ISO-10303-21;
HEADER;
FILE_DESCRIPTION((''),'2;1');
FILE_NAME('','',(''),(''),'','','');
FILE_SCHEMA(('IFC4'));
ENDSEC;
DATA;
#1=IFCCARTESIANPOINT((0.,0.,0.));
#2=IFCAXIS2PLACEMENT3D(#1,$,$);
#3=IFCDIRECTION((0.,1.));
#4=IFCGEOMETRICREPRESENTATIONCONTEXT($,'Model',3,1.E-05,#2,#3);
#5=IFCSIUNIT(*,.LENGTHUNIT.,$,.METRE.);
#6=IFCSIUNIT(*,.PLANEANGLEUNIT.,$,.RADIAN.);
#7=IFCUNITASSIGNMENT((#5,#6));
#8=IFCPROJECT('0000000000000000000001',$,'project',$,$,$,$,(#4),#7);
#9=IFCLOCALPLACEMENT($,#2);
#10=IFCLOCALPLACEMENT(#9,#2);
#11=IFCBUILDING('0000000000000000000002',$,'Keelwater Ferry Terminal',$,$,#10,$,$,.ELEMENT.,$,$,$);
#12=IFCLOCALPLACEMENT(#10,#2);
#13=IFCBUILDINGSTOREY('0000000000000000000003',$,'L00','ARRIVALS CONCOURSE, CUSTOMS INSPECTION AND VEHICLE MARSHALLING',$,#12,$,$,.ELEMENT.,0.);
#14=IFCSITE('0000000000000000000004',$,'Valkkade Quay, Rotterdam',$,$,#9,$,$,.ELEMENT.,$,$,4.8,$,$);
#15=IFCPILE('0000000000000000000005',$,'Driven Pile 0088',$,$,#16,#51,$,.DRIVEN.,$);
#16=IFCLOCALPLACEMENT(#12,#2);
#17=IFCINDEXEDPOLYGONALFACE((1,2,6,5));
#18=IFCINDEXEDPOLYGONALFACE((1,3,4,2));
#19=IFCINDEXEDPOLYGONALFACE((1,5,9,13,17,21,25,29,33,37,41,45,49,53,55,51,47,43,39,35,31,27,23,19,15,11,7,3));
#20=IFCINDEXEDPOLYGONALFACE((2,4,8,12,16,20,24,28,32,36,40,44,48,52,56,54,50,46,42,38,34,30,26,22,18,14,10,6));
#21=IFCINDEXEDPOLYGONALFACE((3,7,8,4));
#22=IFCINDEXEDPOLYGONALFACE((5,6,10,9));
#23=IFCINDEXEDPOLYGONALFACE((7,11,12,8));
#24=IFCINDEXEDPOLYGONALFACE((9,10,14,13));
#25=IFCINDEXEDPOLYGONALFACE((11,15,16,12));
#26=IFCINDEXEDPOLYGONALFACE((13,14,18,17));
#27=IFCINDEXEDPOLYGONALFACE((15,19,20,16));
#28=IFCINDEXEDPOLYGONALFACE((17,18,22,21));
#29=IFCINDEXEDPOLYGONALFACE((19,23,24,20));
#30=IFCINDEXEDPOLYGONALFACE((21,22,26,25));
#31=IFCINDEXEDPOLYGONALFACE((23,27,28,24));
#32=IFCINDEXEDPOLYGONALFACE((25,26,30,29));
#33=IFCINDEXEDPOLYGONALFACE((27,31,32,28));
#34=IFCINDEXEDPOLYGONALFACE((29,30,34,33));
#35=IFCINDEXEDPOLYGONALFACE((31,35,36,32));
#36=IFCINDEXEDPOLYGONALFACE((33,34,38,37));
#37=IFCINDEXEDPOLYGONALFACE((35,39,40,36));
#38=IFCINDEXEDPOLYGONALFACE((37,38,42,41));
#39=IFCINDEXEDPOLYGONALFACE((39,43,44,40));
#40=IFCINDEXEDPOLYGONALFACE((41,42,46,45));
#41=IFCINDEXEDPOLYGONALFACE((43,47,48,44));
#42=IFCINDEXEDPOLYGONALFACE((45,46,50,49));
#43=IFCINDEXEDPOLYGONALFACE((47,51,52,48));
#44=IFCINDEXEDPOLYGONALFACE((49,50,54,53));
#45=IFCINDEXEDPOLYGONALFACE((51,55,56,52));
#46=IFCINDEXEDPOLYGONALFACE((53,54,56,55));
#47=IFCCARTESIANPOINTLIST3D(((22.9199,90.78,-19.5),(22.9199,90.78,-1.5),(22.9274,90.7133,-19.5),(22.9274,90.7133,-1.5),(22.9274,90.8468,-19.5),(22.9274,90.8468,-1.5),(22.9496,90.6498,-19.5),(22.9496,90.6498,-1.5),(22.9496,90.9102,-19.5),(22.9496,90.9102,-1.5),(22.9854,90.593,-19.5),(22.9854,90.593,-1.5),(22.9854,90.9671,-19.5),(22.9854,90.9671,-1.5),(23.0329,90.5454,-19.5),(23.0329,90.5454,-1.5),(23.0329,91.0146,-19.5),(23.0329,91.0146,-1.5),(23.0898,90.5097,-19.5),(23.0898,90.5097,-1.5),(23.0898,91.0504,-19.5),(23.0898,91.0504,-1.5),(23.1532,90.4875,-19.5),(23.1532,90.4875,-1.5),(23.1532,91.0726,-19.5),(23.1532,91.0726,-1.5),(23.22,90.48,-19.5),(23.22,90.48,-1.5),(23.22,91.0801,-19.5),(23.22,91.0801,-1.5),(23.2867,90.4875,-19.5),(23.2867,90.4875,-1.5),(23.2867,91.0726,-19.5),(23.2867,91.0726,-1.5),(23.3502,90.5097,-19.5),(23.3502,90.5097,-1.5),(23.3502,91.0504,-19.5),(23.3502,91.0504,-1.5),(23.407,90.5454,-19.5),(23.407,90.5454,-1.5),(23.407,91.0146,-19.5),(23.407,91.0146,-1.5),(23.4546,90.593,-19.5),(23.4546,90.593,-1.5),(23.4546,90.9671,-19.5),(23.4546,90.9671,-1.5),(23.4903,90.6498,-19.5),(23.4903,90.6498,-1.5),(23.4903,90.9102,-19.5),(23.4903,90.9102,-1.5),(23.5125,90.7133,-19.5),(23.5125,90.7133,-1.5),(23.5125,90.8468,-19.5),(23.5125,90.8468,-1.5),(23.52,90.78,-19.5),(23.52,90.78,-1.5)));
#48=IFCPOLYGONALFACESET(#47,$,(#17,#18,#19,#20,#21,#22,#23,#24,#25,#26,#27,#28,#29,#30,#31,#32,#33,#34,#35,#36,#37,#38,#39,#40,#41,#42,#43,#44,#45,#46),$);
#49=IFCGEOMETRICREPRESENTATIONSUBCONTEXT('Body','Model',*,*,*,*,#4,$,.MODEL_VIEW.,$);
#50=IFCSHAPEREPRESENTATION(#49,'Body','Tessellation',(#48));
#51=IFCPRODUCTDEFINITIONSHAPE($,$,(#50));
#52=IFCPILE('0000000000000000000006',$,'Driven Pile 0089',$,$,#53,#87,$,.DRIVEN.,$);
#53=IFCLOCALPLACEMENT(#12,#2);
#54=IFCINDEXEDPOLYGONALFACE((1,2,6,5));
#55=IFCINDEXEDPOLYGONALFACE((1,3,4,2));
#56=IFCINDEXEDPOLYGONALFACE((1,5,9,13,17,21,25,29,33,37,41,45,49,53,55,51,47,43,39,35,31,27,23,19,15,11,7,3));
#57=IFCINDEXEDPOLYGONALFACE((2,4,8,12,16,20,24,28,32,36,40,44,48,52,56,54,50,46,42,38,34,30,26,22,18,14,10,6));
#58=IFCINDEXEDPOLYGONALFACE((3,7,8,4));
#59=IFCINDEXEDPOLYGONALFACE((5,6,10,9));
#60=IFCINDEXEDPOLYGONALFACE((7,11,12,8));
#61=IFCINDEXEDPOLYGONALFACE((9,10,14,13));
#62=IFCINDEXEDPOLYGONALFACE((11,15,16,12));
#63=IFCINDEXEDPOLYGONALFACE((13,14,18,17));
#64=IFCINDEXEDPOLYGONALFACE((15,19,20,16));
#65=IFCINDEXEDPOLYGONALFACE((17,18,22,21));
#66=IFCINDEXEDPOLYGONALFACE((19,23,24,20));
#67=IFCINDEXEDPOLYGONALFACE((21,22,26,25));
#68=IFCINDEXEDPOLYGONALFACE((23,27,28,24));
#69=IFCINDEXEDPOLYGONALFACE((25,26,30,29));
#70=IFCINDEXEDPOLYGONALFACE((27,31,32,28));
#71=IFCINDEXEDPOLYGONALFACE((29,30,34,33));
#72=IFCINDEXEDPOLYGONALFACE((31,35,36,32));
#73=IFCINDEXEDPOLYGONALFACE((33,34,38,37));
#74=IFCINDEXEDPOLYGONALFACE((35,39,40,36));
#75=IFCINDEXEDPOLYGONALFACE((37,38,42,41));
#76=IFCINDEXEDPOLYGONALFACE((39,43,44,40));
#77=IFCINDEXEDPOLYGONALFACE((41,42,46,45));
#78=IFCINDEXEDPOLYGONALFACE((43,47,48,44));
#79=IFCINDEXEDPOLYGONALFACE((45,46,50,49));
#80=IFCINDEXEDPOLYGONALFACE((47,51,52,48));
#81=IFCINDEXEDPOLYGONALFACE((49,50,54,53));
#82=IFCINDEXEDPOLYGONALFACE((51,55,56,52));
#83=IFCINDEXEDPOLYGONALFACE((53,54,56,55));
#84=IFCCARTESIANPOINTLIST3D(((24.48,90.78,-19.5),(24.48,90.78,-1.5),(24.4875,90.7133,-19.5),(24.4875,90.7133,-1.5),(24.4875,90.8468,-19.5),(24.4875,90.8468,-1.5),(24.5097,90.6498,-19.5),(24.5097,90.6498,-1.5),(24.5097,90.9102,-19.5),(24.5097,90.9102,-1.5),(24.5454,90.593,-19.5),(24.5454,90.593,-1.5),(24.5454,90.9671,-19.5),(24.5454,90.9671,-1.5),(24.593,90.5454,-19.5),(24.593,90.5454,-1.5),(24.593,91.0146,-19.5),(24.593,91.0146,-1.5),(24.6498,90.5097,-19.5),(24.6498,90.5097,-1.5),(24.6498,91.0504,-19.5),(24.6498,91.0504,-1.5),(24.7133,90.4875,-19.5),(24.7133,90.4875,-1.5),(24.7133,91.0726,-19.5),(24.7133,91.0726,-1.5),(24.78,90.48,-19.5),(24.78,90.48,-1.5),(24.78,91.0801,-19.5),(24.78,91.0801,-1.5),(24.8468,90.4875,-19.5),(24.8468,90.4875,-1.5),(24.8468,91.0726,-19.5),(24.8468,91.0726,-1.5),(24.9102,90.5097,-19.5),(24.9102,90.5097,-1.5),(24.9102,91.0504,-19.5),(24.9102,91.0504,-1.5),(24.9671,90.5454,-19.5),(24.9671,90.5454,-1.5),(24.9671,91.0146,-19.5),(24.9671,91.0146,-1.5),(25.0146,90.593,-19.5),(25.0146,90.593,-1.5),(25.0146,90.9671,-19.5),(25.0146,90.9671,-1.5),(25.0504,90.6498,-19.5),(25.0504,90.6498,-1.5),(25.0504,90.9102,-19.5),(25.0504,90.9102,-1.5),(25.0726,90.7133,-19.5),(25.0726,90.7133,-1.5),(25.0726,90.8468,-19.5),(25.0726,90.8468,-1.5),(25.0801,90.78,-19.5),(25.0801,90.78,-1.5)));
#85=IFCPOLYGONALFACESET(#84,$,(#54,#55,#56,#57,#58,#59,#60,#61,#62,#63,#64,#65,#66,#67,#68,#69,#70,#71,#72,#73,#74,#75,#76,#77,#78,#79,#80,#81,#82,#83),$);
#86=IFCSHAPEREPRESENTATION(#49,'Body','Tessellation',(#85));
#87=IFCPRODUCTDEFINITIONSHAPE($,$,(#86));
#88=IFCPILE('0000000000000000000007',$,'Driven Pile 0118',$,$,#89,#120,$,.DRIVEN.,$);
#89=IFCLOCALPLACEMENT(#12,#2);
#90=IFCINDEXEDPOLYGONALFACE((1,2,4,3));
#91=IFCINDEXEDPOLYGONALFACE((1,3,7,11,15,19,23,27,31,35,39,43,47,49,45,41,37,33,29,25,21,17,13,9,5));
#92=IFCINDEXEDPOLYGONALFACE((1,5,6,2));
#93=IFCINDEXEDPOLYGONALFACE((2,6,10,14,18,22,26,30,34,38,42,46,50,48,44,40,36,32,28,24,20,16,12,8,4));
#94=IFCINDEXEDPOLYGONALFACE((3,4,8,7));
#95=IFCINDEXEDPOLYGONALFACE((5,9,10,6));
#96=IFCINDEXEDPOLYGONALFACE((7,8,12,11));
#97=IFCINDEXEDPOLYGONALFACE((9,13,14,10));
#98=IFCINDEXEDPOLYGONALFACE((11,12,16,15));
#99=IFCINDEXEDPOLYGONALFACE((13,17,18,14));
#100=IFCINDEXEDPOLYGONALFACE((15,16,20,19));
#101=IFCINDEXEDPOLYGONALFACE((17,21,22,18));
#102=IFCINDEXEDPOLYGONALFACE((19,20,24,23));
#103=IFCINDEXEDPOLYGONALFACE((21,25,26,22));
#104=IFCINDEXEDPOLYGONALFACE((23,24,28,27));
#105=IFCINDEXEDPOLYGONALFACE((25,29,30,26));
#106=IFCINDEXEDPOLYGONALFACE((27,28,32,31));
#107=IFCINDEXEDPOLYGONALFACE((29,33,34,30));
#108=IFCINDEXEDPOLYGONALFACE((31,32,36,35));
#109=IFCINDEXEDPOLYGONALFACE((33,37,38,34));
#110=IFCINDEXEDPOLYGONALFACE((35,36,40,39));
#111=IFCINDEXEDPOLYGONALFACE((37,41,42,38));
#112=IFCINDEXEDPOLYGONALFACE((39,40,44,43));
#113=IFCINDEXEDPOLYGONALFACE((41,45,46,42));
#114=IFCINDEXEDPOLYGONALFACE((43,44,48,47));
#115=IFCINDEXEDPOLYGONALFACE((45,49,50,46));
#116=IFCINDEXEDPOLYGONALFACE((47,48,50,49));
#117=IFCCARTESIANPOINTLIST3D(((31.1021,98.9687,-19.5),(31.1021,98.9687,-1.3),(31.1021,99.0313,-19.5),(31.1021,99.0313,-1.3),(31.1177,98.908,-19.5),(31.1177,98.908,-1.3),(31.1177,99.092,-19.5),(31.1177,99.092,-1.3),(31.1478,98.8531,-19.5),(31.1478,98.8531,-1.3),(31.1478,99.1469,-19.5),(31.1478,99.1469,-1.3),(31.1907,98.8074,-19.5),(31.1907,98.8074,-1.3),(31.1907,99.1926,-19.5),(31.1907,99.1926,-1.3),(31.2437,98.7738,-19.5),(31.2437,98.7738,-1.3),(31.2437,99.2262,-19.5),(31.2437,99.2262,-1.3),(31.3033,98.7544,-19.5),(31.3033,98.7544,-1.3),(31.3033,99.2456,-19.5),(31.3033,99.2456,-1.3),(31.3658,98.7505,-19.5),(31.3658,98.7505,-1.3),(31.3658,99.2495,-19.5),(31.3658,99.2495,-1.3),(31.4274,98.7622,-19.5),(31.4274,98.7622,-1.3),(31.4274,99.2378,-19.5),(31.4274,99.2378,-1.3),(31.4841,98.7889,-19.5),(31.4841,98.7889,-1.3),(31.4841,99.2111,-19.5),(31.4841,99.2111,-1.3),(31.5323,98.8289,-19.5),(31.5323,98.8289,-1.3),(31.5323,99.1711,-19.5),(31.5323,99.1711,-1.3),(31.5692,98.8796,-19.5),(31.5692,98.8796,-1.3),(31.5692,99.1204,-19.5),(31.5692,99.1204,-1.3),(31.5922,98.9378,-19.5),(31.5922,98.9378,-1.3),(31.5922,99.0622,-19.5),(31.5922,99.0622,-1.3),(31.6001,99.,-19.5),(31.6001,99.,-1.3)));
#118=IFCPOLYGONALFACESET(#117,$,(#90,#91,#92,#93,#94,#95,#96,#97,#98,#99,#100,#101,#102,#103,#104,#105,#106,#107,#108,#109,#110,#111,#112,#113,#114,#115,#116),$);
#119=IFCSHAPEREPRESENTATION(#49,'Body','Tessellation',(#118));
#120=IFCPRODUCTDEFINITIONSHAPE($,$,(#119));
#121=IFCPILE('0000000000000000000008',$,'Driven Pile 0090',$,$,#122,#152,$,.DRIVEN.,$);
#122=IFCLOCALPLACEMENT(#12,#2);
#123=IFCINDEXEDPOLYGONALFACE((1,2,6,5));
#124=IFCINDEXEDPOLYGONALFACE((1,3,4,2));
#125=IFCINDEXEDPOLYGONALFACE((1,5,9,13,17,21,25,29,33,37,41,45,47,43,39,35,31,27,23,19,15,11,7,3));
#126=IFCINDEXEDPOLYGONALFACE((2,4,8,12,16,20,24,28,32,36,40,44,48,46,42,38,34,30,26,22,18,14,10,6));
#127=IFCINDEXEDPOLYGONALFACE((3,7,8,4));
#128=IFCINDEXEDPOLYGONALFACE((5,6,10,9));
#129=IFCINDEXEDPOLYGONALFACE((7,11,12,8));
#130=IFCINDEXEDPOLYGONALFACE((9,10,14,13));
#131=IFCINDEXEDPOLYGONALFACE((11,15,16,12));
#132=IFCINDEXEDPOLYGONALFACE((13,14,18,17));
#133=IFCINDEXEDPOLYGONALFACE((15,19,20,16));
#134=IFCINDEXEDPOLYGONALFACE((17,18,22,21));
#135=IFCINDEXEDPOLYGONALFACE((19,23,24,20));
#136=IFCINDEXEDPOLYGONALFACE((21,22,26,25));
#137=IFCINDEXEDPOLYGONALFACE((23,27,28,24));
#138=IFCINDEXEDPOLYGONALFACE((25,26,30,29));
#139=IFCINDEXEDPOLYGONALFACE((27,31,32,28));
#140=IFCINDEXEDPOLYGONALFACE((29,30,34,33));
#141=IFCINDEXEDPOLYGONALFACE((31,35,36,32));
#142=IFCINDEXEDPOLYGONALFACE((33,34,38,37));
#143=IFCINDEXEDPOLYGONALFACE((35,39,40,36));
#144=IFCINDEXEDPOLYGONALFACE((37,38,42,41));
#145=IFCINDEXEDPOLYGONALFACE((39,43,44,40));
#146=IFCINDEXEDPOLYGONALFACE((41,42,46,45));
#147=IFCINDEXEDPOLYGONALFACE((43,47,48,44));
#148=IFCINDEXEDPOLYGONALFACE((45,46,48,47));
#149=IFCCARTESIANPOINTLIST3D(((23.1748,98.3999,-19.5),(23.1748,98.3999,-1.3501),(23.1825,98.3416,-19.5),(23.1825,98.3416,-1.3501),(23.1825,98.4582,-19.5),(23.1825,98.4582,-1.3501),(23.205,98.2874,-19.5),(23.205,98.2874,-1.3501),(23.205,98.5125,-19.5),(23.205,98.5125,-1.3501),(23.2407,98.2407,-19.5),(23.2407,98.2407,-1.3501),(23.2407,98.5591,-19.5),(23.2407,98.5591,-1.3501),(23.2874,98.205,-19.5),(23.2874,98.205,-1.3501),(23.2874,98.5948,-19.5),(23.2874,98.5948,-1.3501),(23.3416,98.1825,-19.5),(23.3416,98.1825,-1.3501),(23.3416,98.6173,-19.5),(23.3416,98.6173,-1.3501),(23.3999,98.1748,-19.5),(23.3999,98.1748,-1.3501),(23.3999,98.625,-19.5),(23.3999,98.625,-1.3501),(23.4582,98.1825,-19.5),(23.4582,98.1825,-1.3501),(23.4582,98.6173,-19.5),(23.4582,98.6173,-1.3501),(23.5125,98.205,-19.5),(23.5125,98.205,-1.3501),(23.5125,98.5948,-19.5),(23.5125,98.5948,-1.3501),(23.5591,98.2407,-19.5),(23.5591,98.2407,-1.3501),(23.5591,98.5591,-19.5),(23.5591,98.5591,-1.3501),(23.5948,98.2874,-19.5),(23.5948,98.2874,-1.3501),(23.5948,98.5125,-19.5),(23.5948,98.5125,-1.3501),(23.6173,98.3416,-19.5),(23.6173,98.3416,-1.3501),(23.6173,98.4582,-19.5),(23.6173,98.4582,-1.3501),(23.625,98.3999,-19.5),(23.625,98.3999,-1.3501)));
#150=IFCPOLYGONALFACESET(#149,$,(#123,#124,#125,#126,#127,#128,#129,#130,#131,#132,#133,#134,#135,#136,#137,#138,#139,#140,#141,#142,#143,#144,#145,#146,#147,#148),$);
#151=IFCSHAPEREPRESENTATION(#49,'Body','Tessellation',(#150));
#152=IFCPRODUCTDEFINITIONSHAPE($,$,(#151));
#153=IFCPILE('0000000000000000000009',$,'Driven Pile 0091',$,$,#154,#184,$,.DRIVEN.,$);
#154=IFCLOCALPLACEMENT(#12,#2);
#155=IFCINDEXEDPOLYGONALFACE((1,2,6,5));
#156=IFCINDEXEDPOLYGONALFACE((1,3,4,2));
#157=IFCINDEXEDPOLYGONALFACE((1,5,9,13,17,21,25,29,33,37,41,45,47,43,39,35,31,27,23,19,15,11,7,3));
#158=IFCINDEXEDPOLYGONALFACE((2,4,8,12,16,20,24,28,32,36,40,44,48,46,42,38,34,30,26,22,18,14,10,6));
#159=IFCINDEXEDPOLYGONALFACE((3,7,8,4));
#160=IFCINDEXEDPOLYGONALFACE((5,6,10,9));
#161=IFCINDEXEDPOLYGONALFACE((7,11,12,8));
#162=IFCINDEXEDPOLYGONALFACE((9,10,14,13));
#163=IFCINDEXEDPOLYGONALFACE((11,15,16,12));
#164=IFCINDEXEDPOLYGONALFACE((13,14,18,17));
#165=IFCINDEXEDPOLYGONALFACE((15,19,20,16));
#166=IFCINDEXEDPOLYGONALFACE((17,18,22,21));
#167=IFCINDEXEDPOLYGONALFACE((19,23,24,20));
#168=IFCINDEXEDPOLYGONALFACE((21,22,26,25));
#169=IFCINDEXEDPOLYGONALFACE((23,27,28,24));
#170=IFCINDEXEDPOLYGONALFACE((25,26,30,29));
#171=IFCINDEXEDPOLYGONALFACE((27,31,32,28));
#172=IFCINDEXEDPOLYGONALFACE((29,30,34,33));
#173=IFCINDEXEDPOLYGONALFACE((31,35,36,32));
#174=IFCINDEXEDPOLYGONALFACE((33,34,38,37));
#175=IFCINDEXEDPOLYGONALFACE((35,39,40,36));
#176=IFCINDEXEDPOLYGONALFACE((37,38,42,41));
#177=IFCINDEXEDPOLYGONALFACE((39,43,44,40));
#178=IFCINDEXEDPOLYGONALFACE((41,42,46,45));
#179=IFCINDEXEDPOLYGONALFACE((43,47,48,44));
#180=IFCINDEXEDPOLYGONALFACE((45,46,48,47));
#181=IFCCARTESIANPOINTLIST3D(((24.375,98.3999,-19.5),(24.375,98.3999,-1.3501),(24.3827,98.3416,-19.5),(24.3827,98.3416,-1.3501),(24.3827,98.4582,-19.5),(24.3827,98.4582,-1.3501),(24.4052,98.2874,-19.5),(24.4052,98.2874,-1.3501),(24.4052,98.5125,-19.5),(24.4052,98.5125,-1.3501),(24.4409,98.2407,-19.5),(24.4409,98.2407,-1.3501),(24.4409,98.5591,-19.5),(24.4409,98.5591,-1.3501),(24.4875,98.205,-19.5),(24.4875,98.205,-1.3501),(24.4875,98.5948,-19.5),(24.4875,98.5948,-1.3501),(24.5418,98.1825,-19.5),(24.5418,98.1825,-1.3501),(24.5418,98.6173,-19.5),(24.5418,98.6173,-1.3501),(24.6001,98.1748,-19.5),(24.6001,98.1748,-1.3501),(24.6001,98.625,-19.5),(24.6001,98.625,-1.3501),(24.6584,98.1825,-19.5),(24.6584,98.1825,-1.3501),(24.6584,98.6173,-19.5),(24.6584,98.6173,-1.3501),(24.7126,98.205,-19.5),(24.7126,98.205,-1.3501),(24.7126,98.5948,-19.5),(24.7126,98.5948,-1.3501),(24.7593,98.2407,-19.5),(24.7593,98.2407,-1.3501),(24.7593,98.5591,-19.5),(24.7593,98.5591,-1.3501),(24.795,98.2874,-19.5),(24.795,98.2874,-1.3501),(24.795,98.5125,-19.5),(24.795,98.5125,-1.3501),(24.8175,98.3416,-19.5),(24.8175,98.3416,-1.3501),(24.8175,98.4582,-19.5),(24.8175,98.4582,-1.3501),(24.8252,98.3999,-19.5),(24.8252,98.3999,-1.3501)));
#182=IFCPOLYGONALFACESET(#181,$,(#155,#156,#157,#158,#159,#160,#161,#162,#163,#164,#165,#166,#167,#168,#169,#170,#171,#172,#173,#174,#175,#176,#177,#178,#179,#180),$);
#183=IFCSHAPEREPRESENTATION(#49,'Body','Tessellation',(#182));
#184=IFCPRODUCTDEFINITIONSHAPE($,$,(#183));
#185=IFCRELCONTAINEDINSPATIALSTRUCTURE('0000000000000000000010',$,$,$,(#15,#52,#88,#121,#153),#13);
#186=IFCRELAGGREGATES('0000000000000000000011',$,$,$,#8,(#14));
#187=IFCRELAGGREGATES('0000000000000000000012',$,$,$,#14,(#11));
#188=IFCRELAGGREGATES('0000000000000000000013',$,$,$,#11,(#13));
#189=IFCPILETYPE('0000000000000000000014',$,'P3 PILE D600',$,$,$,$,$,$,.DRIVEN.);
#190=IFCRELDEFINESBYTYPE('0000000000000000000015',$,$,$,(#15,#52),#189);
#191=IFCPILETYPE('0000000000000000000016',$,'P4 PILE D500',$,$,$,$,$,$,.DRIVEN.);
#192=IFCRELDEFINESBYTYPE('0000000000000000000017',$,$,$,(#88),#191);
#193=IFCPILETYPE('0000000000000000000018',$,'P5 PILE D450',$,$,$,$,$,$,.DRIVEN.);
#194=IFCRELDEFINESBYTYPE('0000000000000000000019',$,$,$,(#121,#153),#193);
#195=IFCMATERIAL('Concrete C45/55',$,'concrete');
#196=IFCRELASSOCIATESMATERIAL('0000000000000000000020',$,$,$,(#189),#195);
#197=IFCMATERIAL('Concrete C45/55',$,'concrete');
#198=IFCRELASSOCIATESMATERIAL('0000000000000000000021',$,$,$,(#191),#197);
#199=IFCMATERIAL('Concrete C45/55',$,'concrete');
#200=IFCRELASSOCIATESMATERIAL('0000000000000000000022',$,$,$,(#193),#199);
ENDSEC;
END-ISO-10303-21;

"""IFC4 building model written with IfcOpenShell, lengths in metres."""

from ifc_helpers import new_model, si_unit, direction, frame, origin, origin_2d, place, context, subcontext, project, spatial, circle, extrude, material, material_profile, profile_set, type_object, element, save


model = new_model("IFC4")

# Units and contexts
model_context = context("Model", 3, precision=1e-05, world=origin(), true_north=direction((0.0, 1.0)))
body_context = subcontext(model_context, "Body", "Model", "MODEL_VIEW")
ifc_project = project(units=[si_unit("LENGTHUNIT", "METRE"), si_unit("PLANEANGLEUNIT", "RADIAN")], contexts=[model_context])

# Site, building, storey
site_placement = place(None, origin())
site = spatial("IfcSite", under=ifc_project, at=site_placement, Name="Valkkade Quay, Rotterdam", CompositionType="ELEMENT", RefElevation=4.8)
building_placement = place(site_placement, origin())
building = spatial("IfcBuilding", under=site, at=building_placement, Name="Keelwater Ferry Terminal", CompositionType="ELEMENT")
storey_placement = place(building_placement, origin())
storey = spatial("IfcBuildingStorey", under=building, at=storey_placement, Name="L00", Description="ARRIVALS CONCOURSE, CUSTOMS INSPECTION AND VEHICLE MARSHALLING", CompositionType="ELEMENT", Elevation=0.0)

# Piles
ifc_material_1 = material(Name="Concrete C45/55", Category="concrete")
ifc_material_profile_1 = material_profile(ifc_material_1, circle(Radius=0.3, at=origin_2d()), Name="PILE D600")
ifc_profile_set_1 = profile_set([ifc_material_profile_1], Name="Concrete C45/55")
pile_type_1 = type_object("IfcPileType", Name="P3 PILE D600", PredefinedType="DRIVEN", material=ifc_profile_set_1)
for number, where, z_axis, x_axis, name in (
    (1, (23.22, 90.78, -1.5), (0.0, 0.0, -1.0), (1.0, 0.0, 0.0), "Driven Pile 0088"),
    (2, (24.78, 90.78, -1.5), (0.0, 0.0, -1.0), (1.0, 0.0, 0.0), "Driven Pile 0089"),
):
    element("IfcPile", number, at=place(storey_placement, frame(where, z_axis=z_axis, x_axis=x_axis)), inside=storey, type_object=pile_type_1, Name=name, PredefinedType="DRIVEN", context=body_context, shape_type="SweptSolid", body=[
        extrude(circle(Radius=0.3, at=origin_2d()), origin(), (0.0, 0.0, 1.0), 18.0),
    ])
ifc_material_2 = material(Name="Concrete C45/55", Category="concrete")
ifc_material_profile_2 = material_profile(ifc_material_2, circle(Radius=0.25, at=origin_2d()), Name="PILE D500")
ifc_profile_set_2 = profile_set([ifc_material_profile_2], Name="Concrete C45/55")
pile_type_2 = type_object("IfcPileType", Name="P4 PILE D500", PredefinedType="DRIVEN", material=ifc_profile_set_2)
pile_placement = place(storey_placement, frame((31.3501, 99.0, -1.3), z_axis=(0.0, 0.0, -1.0), x_axis=(1.0, 0.0, 0.0)))
element("IfcPile", 3, at=pile_placement, inside=storey, type_object=pile_type_2, Name="Driven Pile 0118", PredefinedType="DRIVEN", context=body_context, shape_type="SweptSolid", body=[
    extrude(circle(Radius=0.25, at=origin_2d()), origin(), (0.0, 0.0, 1.0), 18.2),
])
ifc_material_3 = material(Name="Concrete C45/55", Category="concrete")
ifc_material_profile_3 = material_profile(ifc_material_3, circle(Radius=0.2251, at=origin_2d()), Name="PILE D450")
ifc_profile_set_3 = profile_set([ifc_material_profile_3], Name="Concrete C45/55")
pile_type_3 = type_object("IfcPileType", Name="P5 PILE D450", PredefinedType="DRIVEN", material=ifc_profile_set_3)
for number, where, z_axis, x_axis, name in (
    (4, (23.3999, 98.3999, -1.3501), (0.0, 0.0, -1.0), (1.0, 0.0, 0.0), "Driven Pile 0090"),
    (5, (24.6001, 98.3999, -1.3501), (0.0, 0.0, -1.0), (1.0, 0.0, 0.0), "Driven Pile 0091"),
):
    element("IfcPile", number, at=place(storey_placement, frame(where, z_axis=z_axis, x_axis=x_axis)), inside=storey, type_object=pile_type_3, Name=name, PredefinedType="DRIVEN", context=body_context, shape_type="SweptSolid", body=[
        extrude(circle(Radius=0.2251, at=origin_2d()), origin(), (0.0, 0.0, 1.0), 18.1499),
    ])

save(model, "model.ifc")
